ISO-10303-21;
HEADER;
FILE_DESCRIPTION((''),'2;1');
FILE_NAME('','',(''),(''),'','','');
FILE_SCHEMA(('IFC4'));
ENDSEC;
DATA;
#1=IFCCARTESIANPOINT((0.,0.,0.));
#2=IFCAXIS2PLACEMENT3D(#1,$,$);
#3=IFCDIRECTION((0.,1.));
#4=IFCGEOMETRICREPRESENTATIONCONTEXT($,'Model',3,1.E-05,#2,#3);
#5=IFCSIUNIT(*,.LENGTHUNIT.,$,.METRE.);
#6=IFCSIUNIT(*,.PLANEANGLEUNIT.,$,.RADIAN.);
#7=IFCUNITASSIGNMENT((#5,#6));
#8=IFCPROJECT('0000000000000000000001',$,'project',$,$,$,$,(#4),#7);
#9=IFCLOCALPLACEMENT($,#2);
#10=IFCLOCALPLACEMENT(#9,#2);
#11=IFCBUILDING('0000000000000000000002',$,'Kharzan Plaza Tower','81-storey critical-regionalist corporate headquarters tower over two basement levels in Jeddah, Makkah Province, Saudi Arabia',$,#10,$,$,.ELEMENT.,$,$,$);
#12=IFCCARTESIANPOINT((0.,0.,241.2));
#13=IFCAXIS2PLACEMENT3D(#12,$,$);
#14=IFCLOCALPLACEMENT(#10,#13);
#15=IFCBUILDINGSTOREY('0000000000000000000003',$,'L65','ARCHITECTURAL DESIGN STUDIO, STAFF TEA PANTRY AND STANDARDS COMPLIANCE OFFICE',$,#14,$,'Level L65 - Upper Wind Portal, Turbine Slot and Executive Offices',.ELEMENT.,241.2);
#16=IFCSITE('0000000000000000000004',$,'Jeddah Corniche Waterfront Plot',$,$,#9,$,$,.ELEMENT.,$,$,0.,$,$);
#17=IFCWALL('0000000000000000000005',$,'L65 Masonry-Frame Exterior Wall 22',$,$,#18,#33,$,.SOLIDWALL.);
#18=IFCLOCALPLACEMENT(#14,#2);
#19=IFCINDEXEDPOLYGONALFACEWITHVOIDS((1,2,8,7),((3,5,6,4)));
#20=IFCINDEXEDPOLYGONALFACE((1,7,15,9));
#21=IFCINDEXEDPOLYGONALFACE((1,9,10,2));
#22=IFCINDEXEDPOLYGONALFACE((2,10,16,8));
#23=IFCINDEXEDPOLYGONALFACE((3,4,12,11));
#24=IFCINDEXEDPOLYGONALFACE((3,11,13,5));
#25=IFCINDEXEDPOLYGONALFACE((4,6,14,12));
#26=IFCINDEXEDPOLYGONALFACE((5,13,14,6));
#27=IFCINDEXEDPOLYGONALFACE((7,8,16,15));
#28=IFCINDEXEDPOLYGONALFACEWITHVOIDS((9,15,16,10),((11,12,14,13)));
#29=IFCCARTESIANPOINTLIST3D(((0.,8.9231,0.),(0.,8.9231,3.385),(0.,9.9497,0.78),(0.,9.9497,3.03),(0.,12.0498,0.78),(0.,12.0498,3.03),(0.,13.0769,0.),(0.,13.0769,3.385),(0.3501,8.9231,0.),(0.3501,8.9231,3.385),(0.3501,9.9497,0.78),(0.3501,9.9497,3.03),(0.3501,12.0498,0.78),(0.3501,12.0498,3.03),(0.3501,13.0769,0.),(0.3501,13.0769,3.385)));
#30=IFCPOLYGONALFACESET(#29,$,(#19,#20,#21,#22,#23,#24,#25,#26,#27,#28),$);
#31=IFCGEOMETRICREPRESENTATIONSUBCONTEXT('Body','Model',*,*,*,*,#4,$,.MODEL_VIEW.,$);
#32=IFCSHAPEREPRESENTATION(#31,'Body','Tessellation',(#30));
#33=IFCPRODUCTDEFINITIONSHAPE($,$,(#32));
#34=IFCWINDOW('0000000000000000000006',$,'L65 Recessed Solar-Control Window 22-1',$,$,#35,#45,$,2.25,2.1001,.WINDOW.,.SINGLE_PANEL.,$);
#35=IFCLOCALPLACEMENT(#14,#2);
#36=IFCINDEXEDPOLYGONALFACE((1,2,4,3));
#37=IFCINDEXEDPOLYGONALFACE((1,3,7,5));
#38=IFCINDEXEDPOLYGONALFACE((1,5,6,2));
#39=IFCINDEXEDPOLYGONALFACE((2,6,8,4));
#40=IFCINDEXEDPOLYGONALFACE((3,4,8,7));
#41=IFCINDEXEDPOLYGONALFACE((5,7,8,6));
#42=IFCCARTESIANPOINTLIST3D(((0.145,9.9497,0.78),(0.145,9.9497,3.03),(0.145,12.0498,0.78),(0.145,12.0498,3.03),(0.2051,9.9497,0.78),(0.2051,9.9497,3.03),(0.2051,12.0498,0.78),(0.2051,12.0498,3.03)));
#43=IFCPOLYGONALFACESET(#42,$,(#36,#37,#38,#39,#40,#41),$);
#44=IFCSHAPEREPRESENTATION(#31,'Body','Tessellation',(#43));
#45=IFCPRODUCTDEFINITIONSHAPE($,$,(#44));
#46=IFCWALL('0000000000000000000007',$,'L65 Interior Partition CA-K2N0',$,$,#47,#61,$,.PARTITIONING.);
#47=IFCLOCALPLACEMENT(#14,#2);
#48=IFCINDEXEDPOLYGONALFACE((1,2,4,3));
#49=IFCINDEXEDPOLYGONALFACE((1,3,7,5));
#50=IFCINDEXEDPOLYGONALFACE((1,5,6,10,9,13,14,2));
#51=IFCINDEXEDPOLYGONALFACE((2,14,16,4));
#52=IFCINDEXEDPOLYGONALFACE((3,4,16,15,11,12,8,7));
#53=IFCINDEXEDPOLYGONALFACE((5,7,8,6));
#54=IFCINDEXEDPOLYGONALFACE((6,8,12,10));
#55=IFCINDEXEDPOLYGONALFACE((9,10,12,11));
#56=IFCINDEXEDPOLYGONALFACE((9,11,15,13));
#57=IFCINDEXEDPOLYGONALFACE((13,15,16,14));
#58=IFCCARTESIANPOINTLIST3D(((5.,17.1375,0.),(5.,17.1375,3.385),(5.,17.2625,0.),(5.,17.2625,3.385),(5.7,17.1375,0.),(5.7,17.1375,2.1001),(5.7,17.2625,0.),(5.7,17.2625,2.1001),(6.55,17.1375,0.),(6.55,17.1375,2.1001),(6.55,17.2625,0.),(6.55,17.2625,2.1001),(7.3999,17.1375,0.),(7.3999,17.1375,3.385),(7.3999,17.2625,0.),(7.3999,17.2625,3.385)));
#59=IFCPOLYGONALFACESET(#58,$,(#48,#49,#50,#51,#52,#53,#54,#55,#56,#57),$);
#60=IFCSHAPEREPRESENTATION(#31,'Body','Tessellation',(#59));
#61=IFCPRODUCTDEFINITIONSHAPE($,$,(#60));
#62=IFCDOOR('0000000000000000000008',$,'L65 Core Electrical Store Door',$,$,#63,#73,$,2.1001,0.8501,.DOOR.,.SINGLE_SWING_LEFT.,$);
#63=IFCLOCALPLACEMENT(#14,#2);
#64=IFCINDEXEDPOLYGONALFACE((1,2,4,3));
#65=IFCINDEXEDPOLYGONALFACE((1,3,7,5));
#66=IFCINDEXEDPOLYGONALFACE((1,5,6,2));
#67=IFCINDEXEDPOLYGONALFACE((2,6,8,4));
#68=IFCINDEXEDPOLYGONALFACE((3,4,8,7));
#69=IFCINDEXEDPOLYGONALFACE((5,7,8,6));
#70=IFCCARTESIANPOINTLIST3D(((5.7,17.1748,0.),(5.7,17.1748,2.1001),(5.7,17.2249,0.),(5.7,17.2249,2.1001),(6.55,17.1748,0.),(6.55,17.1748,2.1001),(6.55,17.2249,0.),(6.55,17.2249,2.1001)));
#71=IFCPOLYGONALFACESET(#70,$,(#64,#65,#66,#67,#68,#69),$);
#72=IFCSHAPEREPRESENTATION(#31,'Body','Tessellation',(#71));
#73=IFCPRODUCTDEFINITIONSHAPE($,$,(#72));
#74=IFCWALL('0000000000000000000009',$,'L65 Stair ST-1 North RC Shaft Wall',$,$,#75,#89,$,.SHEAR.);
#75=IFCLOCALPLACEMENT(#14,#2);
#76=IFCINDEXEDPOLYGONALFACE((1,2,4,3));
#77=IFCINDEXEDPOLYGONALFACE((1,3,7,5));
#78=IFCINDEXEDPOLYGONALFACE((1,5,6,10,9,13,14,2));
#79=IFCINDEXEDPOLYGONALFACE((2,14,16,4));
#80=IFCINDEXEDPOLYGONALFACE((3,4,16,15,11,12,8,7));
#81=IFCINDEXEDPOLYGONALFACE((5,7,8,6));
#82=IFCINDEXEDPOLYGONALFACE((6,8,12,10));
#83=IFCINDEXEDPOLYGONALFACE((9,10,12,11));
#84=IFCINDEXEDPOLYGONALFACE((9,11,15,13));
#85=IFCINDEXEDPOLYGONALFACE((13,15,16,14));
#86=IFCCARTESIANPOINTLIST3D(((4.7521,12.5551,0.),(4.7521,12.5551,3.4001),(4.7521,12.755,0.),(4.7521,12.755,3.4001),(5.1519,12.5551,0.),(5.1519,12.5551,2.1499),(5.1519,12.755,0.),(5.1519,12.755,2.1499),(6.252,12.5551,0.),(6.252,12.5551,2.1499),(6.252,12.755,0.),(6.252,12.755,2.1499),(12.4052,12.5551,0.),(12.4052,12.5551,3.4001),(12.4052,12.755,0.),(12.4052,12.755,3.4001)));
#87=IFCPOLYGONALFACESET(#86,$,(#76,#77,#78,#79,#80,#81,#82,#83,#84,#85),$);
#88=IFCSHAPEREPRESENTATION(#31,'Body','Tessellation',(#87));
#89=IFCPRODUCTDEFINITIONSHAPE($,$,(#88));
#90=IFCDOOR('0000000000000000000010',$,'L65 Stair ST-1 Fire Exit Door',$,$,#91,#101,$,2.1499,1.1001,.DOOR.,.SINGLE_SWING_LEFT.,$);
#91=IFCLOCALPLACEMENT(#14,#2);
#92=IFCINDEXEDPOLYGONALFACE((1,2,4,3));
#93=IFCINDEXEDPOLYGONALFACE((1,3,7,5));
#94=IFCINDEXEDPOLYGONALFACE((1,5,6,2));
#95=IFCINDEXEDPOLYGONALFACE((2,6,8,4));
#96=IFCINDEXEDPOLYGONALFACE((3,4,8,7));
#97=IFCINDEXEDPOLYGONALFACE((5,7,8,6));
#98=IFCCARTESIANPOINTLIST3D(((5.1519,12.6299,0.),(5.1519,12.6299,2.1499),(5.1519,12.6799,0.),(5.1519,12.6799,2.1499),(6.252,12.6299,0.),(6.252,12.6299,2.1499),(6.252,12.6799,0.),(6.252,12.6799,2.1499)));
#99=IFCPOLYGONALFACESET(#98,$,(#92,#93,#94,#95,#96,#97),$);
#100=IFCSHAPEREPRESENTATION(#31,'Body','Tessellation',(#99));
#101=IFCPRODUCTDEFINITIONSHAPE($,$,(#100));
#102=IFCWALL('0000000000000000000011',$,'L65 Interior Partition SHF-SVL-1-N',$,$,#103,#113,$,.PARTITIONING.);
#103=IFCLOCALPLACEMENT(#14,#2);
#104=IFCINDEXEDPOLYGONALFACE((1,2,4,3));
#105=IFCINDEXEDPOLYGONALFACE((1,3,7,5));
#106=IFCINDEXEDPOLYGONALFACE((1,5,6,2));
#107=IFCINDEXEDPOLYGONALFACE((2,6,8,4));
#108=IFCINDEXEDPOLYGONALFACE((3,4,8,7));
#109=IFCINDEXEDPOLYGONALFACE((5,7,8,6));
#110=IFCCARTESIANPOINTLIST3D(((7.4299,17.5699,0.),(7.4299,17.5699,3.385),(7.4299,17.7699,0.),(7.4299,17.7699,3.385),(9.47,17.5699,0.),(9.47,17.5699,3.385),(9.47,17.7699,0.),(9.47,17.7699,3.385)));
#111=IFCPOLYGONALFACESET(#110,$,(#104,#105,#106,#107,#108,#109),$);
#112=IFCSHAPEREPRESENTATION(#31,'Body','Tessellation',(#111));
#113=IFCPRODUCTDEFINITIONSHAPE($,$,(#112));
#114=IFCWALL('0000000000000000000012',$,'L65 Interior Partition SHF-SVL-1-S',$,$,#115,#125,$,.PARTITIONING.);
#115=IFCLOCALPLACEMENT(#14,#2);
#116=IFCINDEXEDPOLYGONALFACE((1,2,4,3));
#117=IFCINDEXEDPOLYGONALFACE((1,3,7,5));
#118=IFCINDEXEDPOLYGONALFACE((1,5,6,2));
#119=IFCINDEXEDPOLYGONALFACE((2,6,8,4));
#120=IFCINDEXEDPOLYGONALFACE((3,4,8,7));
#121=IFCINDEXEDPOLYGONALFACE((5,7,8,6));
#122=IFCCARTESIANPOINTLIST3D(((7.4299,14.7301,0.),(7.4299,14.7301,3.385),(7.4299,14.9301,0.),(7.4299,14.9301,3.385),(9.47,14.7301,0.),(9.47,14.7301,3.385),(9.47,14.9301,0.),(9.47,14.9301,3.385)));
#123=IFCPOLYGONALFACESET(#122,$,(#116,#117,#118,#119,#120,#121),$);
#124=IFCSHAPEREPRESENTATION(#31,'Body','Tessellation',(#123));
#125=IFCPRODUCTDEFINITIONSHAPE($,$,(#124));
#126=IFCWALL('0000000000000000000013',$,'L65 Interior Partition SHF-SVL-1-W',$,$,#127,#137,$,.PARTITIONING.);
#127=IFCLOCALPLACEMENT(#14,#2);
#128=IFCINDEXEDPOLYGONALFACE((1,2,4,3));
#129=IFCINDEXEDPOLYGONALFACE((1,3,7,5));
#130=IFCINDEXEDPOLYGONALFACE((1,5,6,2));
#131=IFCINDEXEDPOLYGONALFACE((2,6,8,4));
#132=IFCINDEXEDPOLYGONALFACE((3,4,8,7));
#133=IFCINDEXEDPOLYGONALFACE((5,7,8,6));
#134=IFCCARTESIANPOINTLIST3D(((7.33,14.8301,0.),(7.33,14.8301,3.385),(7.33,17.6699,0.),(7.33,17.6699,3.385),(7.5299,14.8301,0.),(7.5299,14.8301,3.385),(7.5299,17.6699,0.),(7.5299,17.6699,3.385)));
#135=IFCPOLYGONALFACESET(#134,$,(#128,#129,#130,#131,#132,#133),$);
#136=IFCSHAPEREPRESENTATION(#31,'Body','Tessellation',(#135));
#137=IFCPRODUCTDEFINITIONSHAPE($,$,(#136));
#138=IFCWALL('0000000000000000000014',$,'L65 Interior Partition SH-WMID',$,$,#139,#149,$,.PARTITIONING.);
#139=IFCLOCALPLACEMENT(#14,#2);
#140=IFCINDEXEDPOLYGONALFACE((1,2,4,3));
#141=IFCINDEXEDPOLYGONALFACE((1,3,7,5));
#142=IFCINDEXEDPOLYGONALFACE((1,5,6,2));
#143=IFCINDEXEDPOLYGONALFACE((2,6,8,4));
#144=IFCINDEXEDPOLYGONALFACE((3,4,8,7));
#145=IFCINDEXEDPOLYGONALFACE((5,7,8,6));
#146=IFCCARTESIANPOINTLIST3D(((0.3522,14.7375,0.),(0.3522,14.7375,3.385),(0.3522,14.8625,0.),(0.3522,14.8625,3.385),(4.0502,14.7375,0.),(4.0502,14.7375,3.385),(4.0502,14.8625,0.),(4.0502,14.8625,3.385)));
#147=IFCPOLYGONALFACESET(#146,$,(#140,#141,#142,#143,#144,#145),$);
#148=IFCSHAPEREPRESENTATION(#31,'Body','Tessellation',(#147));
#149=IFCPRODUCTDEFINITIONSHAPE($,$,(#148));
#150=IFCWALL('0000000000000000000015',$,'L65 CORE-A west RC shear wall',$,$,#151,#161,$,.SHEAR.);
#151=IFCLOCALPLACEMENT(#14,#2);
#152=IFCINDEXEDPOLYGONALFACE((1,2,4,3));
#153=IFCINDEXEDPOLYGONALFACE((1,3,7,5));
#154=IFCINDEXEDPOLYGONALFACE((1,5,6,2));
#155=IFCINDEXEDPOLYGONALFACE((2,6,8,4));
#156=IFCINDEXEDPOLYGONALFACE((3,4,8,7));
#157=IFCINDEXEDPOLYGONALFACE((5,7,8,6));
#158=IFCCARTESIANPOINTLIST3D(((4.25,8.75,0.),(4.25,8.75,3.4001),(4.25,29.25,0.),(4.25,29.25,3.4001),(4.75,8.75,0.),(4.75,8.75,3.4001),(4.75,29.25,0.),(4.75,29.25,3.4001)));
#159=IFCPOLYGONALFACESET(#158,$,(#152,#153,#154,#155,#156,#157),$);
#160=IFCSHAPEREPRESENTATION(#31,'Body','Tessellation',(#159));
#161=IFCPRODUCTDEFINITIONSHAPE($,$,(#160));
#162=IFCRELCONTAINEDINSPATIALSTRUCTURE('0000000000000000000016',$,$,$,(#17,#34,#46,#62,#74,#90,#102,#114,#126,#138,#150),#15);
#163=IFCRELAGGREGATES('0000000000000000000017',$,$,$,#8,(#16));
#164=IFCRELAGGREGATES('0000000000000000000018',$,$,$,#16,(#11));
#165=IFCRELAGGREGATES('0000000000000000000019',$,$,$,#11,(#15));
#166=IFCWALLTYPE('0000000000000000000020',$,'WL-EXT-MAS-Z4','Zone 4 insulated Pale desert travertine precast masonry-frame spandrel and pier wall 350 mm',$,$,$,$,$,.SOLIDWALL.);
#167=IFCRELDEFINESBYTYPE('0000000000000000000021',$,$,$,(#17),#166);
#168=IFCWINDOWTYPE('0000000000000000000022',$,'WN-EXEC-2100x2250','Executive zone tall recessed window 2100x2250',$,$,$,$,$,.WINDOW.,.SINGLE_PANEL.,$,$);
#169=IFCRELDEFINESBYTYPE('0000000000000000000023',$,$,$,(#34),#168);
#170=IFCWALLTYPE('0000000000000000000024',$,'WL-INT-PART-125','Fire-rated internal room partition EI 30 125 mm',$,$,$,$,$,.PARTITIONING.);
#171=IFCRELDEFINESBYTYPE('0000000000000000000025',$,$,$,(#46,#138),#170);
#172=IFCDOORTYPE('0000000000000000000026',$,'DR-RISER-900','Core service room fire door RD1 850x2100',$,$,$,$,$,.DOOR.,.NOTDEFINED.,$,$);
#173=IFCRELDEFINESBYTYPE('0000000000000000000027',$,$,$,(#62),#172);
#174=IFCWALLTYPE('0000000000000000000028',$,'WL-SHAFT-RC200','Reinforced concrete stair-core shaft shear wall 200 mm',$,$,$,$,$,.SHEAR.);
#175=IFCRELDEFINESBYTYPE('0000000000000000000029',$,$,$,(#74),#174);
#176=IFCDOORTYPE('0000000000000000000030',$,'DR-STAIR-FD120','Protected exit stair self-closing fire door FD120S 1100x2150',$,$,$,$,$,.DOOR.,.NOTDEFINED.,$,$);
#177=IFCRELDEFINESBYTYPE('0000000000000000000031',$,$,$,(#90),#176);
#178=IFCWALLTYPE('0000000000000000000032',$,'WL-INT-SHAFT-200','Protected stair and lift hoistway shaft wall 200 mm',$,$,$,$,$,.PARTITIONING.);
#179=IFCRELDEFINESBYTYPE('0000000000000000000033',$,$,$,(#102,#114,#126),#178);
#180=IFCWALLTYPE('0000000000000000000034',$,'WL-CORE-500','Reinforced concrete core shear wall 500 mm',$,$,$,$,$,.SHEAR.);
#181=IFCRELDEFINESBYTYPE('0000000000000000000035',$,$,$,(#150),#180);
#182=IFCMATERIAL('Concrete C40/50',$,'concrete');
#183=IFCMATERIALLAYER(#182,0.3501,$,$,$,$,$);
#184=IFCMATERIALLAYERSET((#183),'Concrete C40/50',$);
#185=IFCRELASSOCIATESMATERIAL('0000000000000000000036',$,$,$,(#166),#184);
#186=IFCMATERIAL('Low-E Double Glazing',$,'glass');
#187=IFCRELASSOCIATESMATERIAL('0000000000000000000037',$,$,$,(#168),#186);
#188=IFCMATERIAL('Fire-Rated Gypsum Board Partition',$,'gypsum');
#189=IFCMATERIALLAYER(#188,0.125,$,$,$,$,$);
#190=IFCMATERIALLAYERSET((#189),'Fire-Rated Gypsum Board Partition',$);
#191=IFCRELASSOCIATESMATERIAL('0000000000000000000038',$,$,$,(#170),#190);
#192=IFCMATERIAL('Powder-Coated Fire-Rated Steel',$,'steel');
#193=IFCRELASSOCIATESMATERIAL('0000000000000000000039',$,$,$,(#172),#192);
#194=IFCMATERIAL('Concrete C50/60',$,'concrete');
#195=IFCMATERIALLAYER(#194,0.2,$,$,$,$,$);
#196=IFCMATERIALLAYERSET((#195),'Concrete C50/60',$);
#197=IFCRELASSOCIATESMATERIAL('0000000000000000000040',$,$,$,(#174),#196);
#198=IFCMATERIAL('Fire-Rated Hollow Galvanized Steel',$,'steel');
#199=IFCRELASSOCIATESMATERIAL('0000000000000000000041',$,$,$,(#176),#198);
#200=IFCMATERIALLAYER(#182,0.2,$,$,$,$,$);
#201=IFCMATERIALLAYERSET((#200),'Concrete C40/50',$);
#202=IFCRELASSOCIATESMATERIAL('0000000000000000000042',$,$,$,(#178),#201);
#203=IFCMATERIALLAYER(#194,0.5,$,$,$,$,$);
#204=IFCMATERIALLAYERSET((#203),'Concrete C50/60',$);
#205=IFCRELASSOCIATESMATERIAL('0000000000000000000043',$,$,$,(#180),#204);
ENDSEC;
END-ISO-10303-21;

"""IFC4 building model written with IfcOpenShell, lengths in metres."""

from ifc_helpers import new_model, si_unit, direction, frame, frame_2d, origin, place, context, subcontext, project, spatial, rectangle, extrude, source, transform, mapped, material, layer, layer_set, type_object, element, fill, save


model = new_model("IFC4")

# Units and contexts
model_context = context("Model", 3, precision=1e-05, world=origin(), true_north=direction((0.0, 1.0)))
body_context = subcontext(model_context, "Body", "Model", "MODEL_VIEW")
ifc_project = project(units=[si_unit("LENGTHUNIT", "METRE"), si_unit("PLANEANGLEUNIT", "RADIAN")], contexts=[model_context])

# Site, building, storey
site_placement = place(None, origin())
site = spatial("IfcSite", under=ifc_project, at=site_placement, Name="Jeddah Corniche Waterfront Plot", CompositionType="ELEMENT", RefElevation=0.0)
building_placement = place(site_placement, origin())
building = spatial("IfcBuilding", under=site, at=building_placement, Name="Kharzan Plaza Tower", Description="81-storey critical-regionalist corporate headquarters tower over two basement levels in Jeddah, Makkah Province, Saudi Arabia", CompositionType="ELEMENT")
storey_placement = place(building_placement, frame((0.0, 0.0, 241.2)))
storey = spatial("IfcBuildingStorey", under=building, at=storey_placement, Name="L65", Description="ARCHITECTURAL DESIGN STUDIO, STAFF TEA PANTRY AND STANDARDS COMPLIANCE OFFICE", LongName="Level L65 - Upper Wind Portal, Turbine Slot and Executive Offices", CompositionType="ELEMENT", Elevation=241.2)

# Shared definitions
ifc_material_1 = material(Name="Concrete C50/60", Category="concrete")

# Wall, opening, window
ifc_material_2 = material(Name="Concrete C40/50", Category="concrete")
ifc_layer_1 = layer(ifc_material_2, 0.3501)
ifc_layer_set_1 = layer_set([ifc_layer_1], Name="Concrete C40/50")
wall_type_1 = type_object("IfcWallType", Name="WL-EXT-MAS-Z4", Description="Zone 4 insulated Pale desert travertine precast masonry-frame spandrel and pier wall 350 mm", PredefinedType="SOLIDWALL", material=ifc_layer_set_1)
ifc_material_3 = material(Name="Low-E Double Glazing", Category="glass")
wall_1_placement = place(storey_placement, frame((0.175, 13.0769, 0.0), z_axis=(0.0, 0.0, 1.0), x_axis=(0.0, -1.0, 0.0)))
wall_1 = element("IfcWall", 1, at=wall_1_placement, inside=storey, type_object=wall_type_1, Name="L65 Masonry-Frame Exterior Wall 22", PredefinedType="SOLIDWALL", context=body_context, shape_type="SweptSolid", body=[
    extrude(rectangle(XDim=4.1538, YDim=0.3501, at=frame_2d((2.0769, 0.0))), origin(), (0.0, 0.0, 1.0), 3.385),
])
opening_1_placement = place(wall_1_placement, frame((1.0271, 0.0, 0.78)))
opening_1 = element("IfcOpeningElement", 2, at=opening_1_placement, cuts=wall_1, PredefinedType="OPENING", context=body_context, shape_type="SweptSolid", body=[
    extrude(rectangle(XDim=2.1001, YDim=2.25, at=frame_2d((1.05, 1.125))), frame((0.0, 0.1851, 0.0), z_axis=(0.0, -1.0, 0.0), x_axis=(1.0, 0.0, 0.0)), (0.0, 0.0, 1.0), 0.3701),
])
window_type_1 = type_object("IfcWindowType", Name="WN-EXEC-2100x2250", Description="Executive zone tall recessed window 2100x2250", PartitioningType="SINGLE_PANEL", PredefinedType="WINDOW", material=ifc_material_3)
shared_shape_1 = source(origin(), body_context, "Body", "SweptSolid", [
    extrude(rectangle(XDim=2.1001, YDim=2.25, at=frame_2d((1.05, 1.125))), frame((0.0, 0.03, 0.0), z_axis=(0.0, -1.0, 0.0), x_axis=(1.0, 0.0, 0.0)), (0.0, 0.0, 1.0), 0.0601),
])
window_1_placement = place(opening_1_placement, origin())
window_1 = element("IfcWindow", 3, at=window_1_placement, inside=storey, type_object=window_type_1, Name="L65 Recessed Solar-Control Window 22-1", OverallHeight=2.25, OverallWidth=2.1001, PartitioningType="SINGLE_PANEL", PredefinedType="WINDOW", context=body_context, shape_type="MappedRepresentation", body=[
    mapped(shared_shape_1, transform((0.0, 0.0, 0.0), x_axis=(1.0, 0.0, 0.0), y_axis=(0.0, 1.0, 0.0), z_axis=(0.0, 0.0, 1.0))),
])
fill(opening_1, window_1)

# Walls, openings, doors
ifc_material_4 = material(Name="Fire-Rated Gypsum Board Partition", Category="gypsum")
ifc_layer_2 = layer(ifc_material_4, 0.125)
ifc_layer_set_2 = layer_set([ifc_layer_2], Name="Fire-Rated Gypsum Board Partition")
wall_type_2 = type_object("IfcWallType", Name="WL-INT-PART-125", Description="Fire-rated internal room partition EI 30 125 mm", PredefinedType="PARTITIONING", material=ifc_layer_set_2)
wall_2_placement = place(storey_placement, frame((5.0, 17.2, 0.0), z_axis=(0.0, 0.0, 1.0), x_axis=(1.0, 0.0, 0.0)))
wall_2 = element("IfcWall", 4, at=wall_2_placement, inside=storey, type_object=wall_type_2, Name="L65 Interior Partition CA-K2N0", PredefinedType="PARTITIONING", context=body_context, shape_type="SweptSolid", body=[
    extrude(rectangle(XDim=2.3999, YDim=0.125, at=frame_2d((1.2, 0.0))), origin(), (0.0, 0.0, 1.0), 3.385),
])
opening_2_placement = place(wall_2_placement, frame((0.7, 0.0, 0.0)))
opening_2 = element("IfcOpeningElement", 5, at=opening_2_placement, cuts=wall_2, PredefinedType="OPENING", context=body_context, shape_type="SweptSolid", body=[
    extrude(rectangle(XDim=0.8501, YDim=2.1001, at=frame_2d((0.425, 1.05))), frame((0.0, 0.0725, 0.0), z_axis=(0.0, -1.0, 0.0), x_axis=(1.0, 0.0, 0.0)), (0.0, 0.0, 1.0), 0.145),
])
ifc_material_5 = material(Name="Powder-Coated Fire-Rated Steel", Category="steel")
door_type_1 = type_object("IfcDoorType", Name="DR-RISER-900", Description="Core service room fire door RD1 850x2100", OperationType="NOTDEFINED", PredefinedType="DOOR", material=ifc_material_5)
shared_shape_2 = source(origin(), body_context, "Body", "SweptSolid", [
    extrude(rectangle(XDim=0.8501, YDim=2.1001, at=frame_2d((0.425, 1.05))), frame((0.0, 0.0249, 0.0), z_axis=(0.0, -1.0, 0.0), x_axis=(1.0, 0.0, 0.0)), (0.0, 0.0, 1.0), 0.05),
])
door_1_placement = place(opening_2_placement, origin())
door_1 = element("IfcDoor", 6, at=door_1_placement, inside=storey, type_object=door_type_1, Name="L65 Core Electrical Store Door", OperationType="SINGLE_SWING_LEFT", OverallHeight=2.1001, OverallWidth=0.8501, PredefinedType="DOOR", context=body_context, shape_type="MappedRepresentation", body=[
    mapped(shared_shape_2, transform((0.0, 0.0, 0.0), x_axis=(1.0, 0.0, 0.0), y_axis=(0.0, 1.0, 0.0), z_axis=(0.0, 0.0, 1.0))),
])
fill(opening_2, door_1)
ifc_layer_3 = layer(ifc_material_1, 0.2)
ifc_layer_set_3 = layer_set([ifc_layer_3], Name="Concrete C50/60")
wall_type_3 = type_object("IfcWallType", Name="WL-SHAFT-RC200", Description="Reinforced concrete stair-core shaft shear wall 200 mm", PredefinedType="SHEAR", material=ifc_layer_set_3)
wall_3_placement = place(storey_placement, frame((4.752, 12.655, 0.0), z_axis=(0.0, 0.0, 1.0), x_axis=(1.0, 0.0, 0.0)))
wall_3 = element("IfcWall", 7, at=wall_3_placement, inside=storey, type_object=wall_type_3, Name="L65 Stair ST-1 North RC Shaft Wall", PredefinedType="SHEAR", context=body_context, shape_type="SweptSolid", body=[
    extrude(rectangle(XDim=7.6531, YDim=0.2, at=frame_2d((3.8267, 0.0))), origin(), (0.0, 0.0, 1.0), 3.4001),
])
opening_3_placement = place(wall_3_placement, frame((0.3999, 0.0, 0.0)))
opening_3 = element("IfcOpeningElement", 8, at=opening_3_placement, cuts=wall_3, PredefinedType="OPENING", context=body_context, shape_type="SweptSolid", body=[
    extrude(rectangle(XDim=1.1001, YDim=2.1499, at=frame_2d((0.55, 1.075))), frame((0.0, 0.1099, 0.0), z_axis=(0.0, -1.0, 0.0), x_axis=(1.0, 0.0, 0.0)), (0.0, 0.0, 1.0), 0.22),
])
ifc_material_6 = material(Name="Fire-Rated Hollow Galvanized Steel", Category="steel")
door_type_2 = type_object("IfcDoorType", Name="DR-STAIR-FD120", Description="Protected exit stair self-closing fire door FD120S 1100x2150", OperationType="NOTDEFINED", PredefinedType="DOOR", material=ifc_material_6)
shared_shape_3 = source(origin(), body_context, "Body", "SweptSolid", [
    extrude(rectangle(XDim=1.1001, YDim=2.1499, at=frame_2d((0.55, 1.075))), frame((0.0, 0.0249, 0.0), z_axis=(0.0, -1.0, 0.0), x_axis=(1.0, 0.0, 0.0)), (0.0, 0.0, 1.0), 0.05),
])
door_2_placement = place(opening_3_placement, origin())
door_2 = element("IfcDoor", 9, at=door_2_placement, inside=storey, type_object=door_type_2, Name="L65 Stair ST-1 Fire Exit Door", OperationType="SINGLE_SWING_LEFT", OverallHeight=2.1499, OverallWidth=1.1001, PredefinedType="DOOR", context=body_context, shape_type="MappedRepresentation", body=[
    mapped(shared_shape_3, transform((0.0, 0.0, 0.0), x_axis=(1.0, 0.0, 0.0), y_axis=(0.0, 1.0, 0.0), z_axis=(0.0, 0.0, 1.0))),
])
fill(opening_3, door_2)

# Walls
ifc_layer_4 = layer(ifc_material_2, 0.2)
ifc_layer_set_4 = layer_set([ifc_layer_4], Name="Concrete C40/50")
wall_type_4 = type_object("IfcWallType", Name="WL-INT-SHAFT-200", Description="Protected stair and lift hoistway shaft wall 200 mm", PredefinedType="PARTITIONING", material=ifc_layer_set_4)
shared_shape_4 = source(origin(), body_context, "Body", "SweptSolid", [
    extrude(rectangle(XDim=2.04, YDim=0.2, at=frame_2d((1.02, 0.0))), origin(), (0.0, 0.0, 1.0), 3.385),
])
for number, where, z_axis, x_axis, name in (
    (10, (7.4299, 17.6699, 0.0), (0.0, 0.0, 1.0), (1.0, 0.0, 0.0), "L65 Interior Partition SHF-SVL-1-N"),
    (11, (7.4299, 14.8301, 0.0), (0.0, 0.0, 1.0), (1.0, 0.0, 0.0), "L65 Interior Partition SHF-SVL-1-S"),
):
    element("IfcWall", number, at=place(storey_placement, frame(where, z_axis=z_axis, x_axis=x_axis)), inside=storey, type_object=wall_type_4, Name=name, PredefinedType="PARTITIONING", context=body_context, shape_type="MappedRepresentation", body=[
        mapped(shared_shape_4, transform((0.0, 0.0, 0.0), x_axis=(1.0, 0.0, 0.0), y_axis=(0.0, 1.0, 0.0), z_axis=(0.0, 0.0, 1.0))),
    ])
shared_shape_5 = source(origin(), body_context, "Body", "SweptSolid", [
    extrude(rectangle(XDim=2.8398, YDim=0.2, at=frame_2d((1.4199, 0.0))), origin(), (0.0, 0.0, 1.0), 3.385),
])
wall_4_placement = place(storey_placement, frame((7.4299, 14.8301, 0.0), z_axis=(0.0, 0.0, 1.0), x_axis=(0.0, 1.0, 0.0)))
element("IfcWall", 12, at=wall_4_placement, inside=storey, type_object=wall_type_4, Name="L65 Interior Partition SHF-SVL-1-W", PredefinedType="PARTITIONING", context=body_context, shape_type="MappedRepresentation", body=[
    mapped(shared_shape_5, transform((0.0, 0.0, 0.0), x_axis=(1.0, 0.0, 0.0), y_axis=(0.0, 1.0, 0.0), z_axis=(0.0, 0.0, 1.0))),
])
shared_shape_6 = source(origin(), body_context, "Body", "SweptSolid", [
    extrude(rectangle(XDim=3.698, YDim=0.125, at=frame_2d((1.8491, 0.0))), origin(), (0.0, 0.0, 1.0), 3.385),
])
wall_5_placement = place(storey_placement, frame((0.3521, 14.8, 0.0), z_axis=(0.0, 0.0, 1.0), x_axis=(1.0, 0.0, 0.0)))
element("IfcWall", 13, at=wall_5_placement, inside=storey, type_object=wall_type_2, Name="L65 Interior Partition SH-WMID", PredefinedType="PARTITIONING", context=body_context, shape_type="MappedRepresentation", body=[
    mapped(shared_shape_6, transform((0.0, 0.0, 0.0), x_axis=(1.0, 0.0, 0.0), y_axis=(0.0, 1.0, 0.0), z_axis=(0.0, 0.0, 1.0))),
])
ifc_layer_5 = layer(ifc_material_1, 0.5)
ifc_layer_set_5 = layer_set([ifc_layer_5], Name="Concrete C50/60")
wall_type_5 = type_object("IfcWallType", Name="WL-CORE-500", Description="Reinforced concrete core shear wall 500 mm", PredefinedType="SHEAR", material=ifc_layer_set_5)
shared_shape_7 = source(origin(), body_context, "Body", "SweptSolid", [
    extrude(rectangle(XDim=20.5, YDim=0.5, at=frame_2d((10.25, 0.0))), origin(), (0.0, 0.0, 1.0), 3.4001),
])
wall_6_placement = place(storey_placement, frame((4.5, 8.75, 0.0), z_axis=(0.0, 0.0, 1.0), x_axis=(0.0, 1.0, 0.0)))
element("IfcWall", 14, at=wall_6_placement, inside=storey, type_object=wall_type_5, Name="L65 CORE-A west RC shear wall", PredefinedType="SHEAR", context=body_context, shape_type="MappedRepresentation", body=[
    mapped(shared_shape_7, transform((0.0, 0.0, 0.0), x_axis=(1.0, 0.0, 0.0), y_axis=(0.0, 1.0, 0.0), z_axis=(0.0, 0.0, 1.0))),
])

save(model, "model.ifc")
